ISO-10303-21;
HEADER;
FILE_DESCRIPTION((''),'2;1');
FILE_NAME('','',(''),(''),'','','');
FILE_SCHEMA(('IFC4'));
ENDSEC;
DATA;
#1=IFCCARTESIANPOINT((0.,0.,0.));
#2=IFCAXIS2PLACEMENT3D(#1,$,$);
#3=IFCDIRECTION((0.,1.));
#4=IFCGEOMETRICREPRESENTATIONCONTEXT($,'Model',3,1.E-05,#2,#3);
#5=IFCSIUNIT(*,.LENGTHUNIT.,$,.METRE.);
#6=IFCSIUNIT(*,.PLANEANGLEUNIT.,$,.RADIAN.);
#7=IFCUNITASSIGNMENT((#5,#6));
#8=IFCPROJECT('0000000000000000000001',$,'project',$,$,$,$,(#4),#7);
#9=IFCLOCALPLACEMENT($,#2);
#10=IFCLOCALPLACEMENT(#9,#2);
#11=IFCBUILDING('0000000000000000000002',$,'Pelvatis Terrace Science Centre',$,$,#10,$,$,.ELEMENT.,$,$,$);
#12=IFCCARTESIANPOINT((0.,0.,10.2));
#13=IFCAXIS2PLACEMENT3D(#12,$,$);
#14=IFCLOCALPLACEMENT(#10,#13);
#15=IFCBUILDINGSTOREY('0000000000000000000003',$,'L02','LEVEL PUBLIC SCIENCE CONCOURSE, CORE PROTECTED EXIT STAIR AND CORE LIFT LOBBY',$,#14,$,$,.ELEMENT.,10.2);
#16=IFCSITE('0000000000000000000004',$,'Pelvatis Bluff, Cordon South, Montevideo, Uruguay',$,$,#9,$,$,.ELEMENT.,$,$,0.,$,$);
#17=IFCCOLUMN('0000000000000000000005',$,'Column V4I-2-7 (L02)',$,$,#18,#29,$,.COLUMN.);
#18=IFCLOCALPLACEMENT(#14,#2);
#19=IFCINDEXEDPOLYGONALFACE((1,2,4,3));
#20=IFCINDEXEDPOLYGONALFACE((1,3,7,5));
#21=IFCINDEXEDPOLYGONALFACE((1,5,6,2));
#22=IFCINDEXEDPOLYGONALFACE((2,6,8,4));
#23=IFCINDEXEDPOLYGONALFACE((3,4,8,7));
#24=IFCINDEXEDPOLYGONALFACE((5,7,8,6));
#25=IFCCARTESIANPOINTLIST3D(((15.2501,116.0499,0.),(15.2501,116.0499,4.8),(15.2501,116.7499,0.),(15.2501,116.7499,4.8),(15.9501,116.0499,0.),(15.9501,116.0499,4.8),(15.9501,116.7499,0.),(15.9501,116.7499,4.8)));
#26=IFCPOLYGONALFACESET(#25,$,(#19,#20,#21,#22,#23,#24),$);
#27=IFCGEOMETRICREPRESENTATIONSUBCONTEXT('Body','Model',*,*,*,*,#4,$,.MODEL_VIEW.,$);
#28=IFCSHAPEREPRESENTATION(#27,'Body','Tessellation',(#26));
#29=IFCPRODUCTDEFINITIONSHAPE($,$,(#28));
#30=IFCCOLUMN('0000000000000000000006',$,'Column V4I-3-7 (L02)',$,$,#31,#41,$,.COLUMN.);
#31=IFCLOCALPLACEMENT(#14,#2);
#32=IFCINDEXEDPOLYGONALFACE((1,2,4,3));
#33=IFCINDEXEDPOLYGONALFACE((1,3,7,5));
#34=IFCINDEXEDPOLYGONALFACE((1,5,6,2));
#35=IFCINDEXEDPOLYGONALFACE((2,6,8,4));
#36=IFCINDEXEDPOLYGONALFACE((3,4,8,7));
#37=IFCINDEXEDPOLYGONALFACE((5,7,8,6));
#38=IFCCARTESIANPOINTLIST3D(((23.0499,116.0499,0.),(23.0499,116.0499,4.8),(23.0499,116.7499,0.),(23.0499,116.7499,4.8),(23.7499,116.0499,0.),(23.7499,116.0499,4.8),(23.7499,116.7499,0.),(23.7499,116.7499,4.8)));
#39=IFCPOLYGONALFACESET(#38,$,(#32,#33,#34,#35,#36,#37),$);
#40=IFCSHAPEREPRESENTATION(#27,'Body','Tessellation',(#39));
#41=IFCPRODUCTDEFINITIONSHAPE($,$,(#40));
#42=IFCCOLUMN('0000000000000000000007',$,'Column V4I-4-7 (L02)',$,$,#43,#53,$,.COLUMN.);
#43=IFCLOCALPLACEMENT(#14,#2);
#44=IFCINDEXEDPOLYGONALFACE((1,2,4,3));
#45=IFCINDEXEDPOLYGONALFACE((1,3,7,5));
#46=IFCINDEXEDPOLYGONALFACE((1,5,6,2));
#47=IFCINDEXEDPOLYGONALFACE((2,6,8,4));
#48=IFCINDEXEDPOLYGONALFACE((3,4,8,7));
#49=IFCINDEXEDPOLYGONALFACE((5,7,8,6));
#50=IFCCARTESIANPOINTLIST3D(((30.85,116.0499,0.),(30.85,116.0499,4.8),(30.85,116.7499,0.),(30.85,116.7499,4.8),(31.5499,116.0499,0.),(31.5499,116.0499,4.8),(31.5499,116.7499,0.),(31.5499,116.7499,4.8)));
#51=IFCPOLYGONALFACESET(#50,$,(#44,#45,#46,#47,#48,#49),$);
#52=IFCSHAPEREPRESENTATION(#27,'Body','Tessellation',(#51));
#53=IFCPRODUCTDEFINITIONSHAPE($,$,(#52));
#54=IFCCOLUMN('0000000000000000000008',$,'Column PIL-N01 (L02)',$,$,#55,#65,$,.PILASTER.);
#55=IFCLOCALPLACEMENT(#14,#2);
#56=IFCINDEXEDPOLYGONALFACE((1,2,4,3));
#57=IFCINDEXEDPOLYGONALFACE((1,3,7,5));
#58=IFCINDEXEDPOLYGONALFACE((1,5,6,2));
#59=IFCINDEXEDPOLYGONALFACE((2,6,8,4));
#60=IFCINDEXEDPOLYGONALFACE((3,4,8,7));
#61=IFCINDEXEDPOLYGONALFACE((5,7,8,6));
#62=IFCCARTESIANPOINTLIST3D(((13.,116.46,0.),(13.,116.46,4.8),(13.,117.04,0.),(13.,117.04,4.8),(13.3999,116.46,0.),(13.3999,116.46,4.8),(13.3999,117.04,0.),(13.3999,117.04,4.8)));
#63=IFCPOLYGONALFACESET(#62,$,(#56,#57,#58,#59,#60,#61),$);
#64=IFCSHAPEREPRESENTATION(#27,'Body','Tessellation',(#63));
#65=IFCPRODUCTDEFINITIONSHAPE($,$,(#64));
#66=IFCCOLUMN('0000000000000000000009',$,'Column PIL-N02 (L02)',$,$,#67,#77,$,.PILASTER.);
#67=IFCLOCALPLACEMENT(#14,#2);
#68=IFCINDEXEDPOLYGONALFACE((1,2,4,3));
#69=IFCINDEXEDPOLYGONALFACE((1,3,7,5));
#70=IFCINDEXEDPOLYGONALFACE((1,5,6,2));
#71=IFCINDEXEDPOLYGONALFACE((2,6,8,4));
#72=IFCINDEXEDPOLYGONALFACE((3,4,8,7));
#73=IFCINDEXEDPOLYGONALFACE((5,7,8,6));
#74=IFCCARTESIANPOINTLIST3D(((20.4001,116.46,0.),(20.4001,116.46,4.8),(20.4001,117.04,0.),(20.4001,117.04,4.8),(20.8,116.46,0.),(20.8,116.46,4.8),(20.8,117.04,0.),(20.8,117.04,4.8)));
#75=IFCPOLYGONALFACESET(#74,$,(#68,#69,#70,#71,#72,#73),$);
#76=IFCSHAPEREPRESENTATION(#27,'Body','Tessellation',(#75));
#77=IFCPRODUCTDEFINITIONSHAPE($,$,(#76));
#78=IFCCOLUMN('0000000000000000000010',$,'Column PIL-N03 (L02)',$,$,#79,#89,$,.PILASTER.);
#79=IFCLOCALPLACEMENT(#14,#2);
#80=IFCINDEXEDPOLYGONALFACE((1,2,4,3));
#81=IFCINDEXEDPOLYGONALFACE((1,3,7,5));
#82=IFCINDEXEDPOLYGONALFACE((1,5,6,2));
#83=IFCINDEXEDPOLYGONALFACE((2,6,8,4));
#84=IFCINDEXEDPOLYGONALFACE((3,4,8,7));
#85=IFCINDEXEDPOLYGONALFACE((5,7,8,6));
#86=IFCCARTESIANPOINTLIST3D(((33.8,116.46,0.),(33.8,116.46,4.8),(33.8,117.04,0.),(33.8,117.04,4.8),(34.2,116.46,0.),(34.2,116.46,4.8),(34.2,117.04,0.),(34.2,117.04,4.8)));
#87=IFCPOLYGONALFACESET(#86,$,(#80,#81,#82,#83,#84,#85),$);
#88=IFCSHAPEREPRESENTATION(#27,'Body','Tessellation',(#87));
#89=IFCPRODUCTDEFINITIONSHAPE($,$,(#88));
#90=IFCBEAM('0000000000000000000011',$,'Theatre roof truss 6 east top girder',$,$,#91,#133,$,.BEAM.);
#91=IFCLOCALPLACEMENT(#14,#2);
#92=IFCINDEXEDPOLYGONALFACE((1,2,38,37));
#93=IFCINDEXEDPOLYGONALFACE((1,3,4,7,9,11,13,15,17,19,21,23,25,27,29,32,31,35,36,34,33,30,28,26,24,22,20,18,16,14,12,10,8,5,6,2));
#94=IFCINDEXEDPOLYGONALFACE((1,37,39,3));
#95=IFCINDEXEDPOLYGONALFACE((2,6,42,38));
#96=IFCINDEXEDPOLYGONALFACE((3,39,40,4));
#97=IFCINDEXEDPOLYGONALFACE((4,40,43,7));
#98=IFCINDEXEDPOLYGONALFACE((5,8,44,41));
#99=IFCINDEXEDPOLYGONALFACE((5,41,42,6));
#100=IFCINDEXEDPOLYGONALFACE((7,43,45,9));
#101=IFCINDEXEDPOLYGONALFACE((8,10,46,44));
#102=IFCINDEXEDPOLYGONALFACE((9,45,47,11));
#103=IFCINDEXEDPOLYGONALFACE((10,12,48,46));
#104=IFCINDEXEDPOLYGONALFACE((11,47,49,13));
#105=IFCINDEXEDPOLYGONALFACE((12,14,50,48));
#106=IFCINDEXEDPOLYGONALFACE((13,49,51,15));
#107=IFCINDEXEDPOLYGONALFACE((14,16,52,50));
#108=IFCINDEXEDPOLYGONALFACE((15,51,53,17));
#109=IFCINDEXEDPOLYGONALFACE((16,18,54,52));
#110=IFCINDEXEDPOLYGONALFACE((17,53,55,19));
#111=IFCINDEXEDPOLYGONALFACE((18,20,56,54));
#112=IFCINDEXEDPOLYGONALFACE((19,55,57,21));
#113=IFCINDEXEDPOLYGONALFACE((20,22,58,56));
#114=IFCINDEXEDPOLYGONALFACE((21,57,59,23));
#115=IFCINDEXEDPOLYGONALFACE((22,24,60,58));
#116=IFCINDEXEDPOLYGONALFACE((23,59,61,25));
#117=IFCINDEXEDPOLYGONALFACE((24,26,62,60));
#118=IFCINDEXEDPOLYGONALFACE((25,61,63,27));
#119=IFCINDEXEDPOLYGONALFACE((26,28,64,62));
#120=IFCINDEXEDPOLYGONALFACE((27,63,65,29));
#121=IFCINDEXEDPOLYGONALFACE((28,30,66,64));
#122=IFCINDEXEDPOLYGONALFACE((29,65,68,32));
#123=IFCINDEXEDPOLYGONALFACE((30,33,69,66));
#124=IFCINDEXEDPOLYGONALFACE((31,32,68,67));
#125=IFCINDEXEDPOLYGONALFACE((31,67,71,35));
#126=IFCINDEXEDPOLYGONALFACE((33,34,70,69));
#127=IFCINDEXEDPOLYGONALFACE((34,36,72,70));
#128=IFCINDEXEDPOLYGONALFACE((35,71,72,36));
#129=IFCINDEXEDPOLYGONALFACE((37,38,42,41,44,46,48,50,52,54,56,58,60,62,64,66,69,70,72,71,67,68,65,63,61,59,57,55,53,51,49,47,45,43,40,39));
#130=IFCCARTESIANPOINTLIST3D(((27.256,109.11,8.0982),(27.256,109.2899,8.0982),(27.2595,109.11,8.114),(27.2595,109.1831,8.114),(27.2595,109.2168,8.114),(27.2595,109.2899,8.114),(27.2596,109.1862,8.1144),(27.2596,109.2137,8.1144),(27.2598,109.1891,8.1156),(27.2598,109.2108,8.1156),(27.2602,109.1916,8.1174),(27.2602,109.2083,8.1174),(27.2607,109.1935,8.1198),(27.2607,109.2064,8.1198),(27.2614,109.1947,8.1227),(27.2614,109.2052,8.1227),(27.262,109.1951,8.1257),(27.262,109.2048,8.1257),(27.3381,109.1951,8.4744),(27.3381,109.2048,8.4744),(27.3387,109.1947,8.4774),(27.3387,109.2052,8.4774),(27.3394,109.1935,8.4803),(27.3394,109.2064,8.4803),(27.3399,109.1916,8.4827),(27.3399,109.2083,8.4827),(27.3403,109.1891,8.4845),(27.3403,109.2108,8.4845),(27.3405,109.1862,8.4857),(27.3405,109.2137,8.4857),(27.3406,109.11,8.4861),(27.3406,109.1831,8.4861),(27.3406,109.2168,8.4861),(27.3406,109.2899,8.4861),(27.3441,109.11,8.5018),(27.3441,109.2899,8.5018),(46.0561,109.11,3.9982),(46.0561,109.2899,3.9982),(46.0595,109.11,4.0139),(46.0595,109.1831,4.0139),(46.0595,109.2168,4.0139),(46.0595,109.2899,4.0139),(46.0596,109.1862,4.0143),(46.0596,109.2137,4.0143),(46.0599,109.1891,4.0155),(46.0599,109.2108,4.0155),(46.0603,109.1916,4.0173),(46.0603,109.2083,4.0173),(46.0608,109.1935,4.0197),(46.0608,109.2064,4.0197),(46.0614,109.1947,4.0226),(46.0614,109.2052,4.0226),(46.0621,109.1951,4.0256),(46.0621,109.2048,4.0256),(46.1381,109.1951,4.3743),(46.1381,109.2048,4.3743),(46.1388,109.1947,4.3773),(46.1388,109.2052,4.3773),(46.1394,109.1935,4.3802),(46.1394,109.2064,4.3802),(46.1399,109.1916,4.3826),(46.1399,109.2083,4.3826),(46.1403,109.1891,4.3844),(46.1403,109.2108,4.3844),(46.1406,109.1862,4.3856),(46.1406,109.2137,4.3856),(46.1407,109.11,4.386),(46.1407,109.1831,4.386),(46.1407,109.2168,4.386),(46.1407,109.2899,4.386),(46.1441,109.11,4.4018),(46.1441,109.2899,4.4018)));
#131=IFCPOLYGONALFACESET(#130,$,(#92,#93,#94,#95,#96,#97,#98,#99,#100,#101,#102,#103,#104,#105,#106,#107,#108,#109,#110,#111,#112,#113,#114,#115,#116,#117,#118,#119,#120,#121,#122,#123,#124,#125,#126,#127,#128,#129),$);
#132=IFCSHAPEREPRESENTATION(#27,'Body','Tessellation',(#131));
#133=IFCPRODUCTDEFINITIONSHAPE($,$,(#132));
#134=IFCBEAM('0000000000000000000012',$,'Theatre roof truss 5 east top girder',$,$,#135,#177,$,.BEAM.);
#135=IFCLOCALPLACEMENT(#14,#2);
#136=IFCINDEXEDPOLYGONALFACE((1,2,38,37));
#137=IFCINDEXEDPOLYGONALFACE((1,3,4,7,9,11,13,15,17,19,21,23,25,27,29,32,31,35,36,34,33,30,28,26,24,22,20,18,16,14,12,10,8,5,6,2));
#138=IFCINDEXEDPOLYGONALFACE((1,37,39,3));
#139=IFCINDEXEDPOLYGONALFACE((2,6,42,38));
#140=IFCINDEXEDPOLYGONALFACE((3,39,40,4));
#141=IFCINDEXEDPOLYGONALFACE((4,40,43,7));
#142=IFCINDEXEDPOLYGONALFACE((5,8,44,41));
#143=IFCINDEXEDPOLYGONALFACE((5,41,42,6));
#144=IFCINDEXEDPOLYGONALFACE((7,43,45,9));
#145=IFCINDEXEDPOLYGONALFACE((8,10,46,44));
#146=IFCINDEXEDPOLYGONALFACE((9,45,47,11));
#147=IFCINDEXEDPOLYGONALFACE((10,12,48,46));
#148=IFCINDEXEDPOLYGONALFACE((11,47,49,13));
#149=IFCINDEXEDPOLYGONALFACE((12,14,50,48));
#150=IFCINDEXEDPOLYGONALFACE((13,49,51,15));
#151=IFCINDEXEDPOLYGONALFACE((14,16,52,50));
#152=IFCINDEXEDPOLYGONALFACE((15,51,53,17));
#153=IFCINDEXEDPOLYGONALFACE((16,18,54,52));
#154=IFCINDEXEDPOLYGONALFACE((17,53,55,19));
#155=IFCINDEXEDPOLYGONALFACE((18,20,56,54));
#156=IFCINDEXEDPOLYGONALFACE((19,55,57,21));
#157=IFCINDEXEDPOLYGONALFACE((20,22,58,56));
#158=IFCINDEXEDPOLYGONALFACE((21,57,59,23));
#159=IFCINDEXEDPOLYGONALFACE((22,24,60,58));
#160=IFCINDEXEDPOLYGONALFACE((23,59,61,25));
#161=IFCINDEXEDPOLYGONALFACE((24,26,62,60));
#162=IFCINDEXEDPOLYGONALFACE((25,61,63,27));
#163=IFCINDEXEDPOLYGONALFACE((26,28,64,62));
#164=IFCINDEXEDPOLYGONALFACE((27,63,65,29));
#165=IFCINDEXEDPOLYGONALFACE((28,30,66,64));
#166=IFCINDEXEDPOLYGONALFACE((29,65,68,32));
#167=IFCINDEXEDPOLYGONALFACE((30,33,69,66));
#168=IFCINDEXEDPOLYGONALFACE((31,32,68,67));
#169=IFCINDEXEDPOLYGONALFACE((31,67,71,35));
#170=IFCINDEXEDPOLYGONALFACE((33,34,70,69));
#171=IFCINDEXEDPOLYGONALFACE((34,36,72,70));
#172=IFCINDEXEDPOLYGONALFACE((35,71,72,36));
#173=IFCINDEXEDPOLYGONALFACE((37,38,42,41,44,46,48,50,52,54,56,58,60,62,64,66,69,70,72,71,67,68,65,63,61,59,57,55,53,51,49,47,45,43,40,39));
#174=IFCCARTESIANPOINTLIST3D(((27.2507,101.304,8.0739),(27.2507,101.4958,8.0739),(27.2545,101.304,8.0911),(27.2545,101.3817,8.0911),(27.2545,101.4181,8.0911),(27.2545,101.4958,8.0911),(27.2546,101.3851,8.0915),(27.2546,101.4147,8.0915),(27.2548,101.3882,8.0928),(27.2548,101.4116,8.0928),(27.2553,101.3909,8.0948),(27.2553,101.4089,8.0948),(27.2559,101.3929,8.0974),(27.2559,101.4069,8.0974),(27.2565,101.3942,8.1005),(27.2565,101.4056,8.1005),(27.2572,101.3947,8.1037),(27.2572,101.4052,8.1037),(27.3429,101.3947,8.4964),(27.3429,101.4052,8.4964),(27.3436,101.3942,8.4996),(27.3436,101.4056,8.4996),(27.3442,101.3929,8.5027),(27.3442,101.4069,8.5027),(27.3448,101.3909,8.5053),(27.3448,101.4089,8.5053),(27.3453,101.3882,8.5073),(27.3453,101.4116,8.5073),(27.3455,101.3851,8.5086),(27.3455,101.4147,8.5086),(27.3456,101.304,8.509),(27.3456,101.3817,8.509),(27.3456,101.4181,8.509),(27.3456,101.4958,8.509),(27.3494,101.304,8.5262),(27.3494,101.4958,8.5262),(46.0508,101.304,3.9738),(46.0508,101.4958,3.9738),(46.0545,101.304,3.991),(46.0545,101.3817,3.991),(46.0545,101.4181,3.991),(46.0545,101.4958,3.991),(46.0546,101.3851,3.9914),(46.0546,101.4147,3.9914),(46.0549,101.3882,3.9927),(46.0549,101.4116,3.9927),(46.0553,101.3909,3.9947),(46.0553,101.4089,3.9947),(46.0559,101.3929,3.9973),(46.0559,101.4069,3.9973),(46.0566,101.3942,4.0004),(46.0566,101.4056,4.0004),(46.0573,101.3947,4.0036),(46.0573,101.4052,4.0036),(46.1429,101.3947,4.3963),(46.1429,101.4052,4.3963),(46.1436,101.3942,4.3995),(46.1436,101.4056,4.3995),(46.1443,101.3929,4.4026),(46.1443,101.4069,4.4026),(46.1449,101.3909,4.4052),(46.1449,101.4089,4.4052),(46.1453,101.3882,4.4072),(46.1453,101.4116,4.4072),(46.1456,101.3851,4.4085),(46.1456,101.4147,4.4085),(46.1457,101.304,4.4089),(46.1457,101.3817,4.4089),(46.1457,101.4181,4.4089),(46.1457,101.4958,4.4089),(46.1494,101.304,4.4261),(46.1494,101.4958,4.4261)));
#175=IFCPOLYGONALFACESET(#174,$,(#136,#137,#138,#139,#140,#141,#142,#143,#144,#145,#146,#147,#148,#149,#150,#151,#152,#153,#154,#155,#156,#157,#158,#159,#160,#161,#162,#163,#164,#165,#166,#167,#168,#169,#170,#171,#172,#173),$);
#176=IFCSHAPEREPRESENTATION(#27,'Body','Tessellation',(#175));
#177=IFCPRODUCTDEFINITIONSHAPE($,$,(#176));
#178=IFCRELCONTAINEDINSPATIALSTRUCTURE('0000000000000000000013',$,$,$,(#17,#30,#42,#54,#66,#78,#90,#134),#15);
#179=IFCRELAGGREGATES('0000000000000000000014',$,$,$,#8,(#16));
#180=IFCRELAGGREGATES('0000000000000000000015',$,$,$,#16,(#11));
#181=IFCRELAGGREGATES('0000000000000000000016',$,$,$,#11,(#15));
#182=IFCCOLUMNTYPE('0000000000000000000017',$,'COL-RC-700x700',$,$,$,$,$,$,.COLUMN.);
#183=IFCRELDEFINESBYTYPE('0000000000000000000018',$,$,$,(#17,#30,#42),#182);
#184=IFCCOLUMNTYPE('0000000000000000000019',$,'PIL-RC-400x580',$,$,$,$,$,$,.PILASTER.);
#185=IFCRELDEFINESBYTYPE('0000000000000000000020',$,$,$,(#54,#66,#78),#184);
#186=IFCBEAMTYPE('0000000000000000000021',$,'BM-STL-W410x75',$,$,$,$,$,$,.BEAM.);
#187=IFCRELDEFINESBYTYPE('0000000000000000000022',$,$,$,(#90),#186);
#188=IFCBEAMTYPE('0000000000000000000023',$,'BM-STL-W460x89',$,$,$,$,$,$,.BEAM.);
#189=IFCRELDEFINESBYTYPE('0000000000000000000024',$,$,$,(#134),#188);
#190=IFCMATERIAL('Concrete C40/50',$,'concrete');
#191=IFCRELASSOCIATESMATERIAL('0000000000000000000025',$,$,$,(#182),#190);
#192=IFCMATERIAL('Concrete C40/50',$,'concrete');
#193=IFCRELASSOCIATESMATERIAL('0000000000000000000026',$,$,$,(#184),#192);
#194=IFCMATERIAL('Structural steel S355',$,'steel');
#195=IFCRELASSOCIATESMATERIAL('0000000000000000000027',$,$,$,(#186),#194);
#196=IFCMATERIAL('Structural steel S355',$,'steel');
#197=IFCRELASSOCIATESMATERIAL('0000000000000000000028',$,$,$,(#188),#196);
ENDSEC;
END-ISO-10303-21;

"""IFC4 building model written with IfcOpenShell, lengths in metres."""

from ifc_helpers import new_model, si_unit, direction, frame, origin, origin_2d, place, context, subcontext, project, spatial, rectangle, i_section, extrude, material, material_profile, profile_set, type_object, element, save


model = new_model("IFC4")

# Units and contexts
model_context = context("Model", 3, precision=1e-05, world=origin(), true_north=direction((0.0, 1.0)))
body_context = subcontext(model_context, "Body", "Model", "MODEL_VIEW")
ifc_project = project(units=[si_unit("LENGTHUNIT", "METRE"), si_unit("PLANEANGLEUNIT", "RADIAN")], contexts=[model_context])

# Site, building, storey
site_placement = place(None, origin())
site = spatial("IfcSite", under=ifc_project, at=site_placement, Name="Pelvatis Bluff, Cordon South, Montevideo, Uruguay", CompositionType="ELEMENT", RefElevation=0.0)
building_placement = place(site_placement, origin())
building = spatial("IfcBuilding", under=site, at=building_placement, Name="Pelvatis Terrace Science Centre", CompositionType="ELEMENT")
storey_placement = place(building_placement, frame((0.0, 0.0, 10.2)))
storey = spatial("IfcBuildingStorey", under=building, at=storey_placement, Name="L02", Description="LEVEL PUBLIC SCIENCE CONCOURSE, CORE PROTECTED EXIT STAIR AND CORE LIFT LOBBY", CompositionType="ELEMENT", Elevation=10.2)

# Columns
ifc_material_1 = material(Name="Concrete C40/50", Category="concrete")
ifc_material_profile_1 = material_profile(ifc_material_1, rectangle(XDim=0.7, YDim=0.7, at=origin_2d()), Name="RC-COL 700x700")
ifc_profile_set_1 = profile_set([ifc_material_profile_1], Name="Concrete C40/50")
column_type_1 = type_object("IfcColumnType", Name="COL-RC-700x700", PredefinedType="COLUMN", material=ifc_profile_set_1)
for number, where, z_axis, x_axis, name in (
    (1, (15.6001, 116.3999, 0.0), (0.0, 0.0, 1.0), (1.0, 0.0, 0.0), "Column V4I-2-7 (L02)"),
    (2, (23.3999, 116.3999, 0.0), (0.0, 0.0, 1.0), (1.0, 0.0, 0.0), "Column V4I-3-7 (L02)"),
    (3, (31.2, 116.3999, 0.0), (0.0, 0.0, 1.0), (1.0, 0.0, 0.0), "Column V4I-4-7 (L02)"),
):
    element("IfcColumn", number, at=place(storey_placement, frame(where, z_axis=z_axis, x_axis=x_axis)), inside=storey, type_object=column_type_1, Name=name, PredefinedType="COLUMN", context=body_context, shape_type="SweptSolid", body=[
        extrude(rectangle(XDim=0.7, YDim=0.7, at=origin_2d()), origin(), (0.0, 0.0, 1.0), 4.8),
    ])
ifc_material_2 = material(Name="Concrete C40/50", Category="concrete")
ifc_material_profile_2 = material_profile(ifc_material_2, rectangle(XDim=0.3999, YDim=0.5801, at=origin_2d()), Name="RC-PIL 400x580")
ifc_profile_set_2 = profile_set([ifc_material_profile_2], Name="Concrete C40/50")
column_type_2 = type_object("IfcColumnType", Name="PIL-RC-400x580", PredefinedType="PILASTER", material=ifc_profile_set_2)
for number, where, z_axis, x_axis, name in (
    (4, (13.2, 116.75, 0.0), (0.0, 0.0, 1.0), (1.0, 0.0, 0.0), "Column PIL-N01 (L02)"),
    (5, (20.6001, 116.75, 0.0), (0.0, 0.0, 1.0), (1.0, 0.0, 0.0), "Column PIL-N02 (L02)"),
    (6, (34.0, 116.75, 0.0), (0.0, 0.0, 1.0), (1.0, 0.0, 0.0), "Column PIL-N03 (L02)"),
):
    element("IfcColumn", number, at=place(storey_placement, frame(where, z_axis=z_axis, x_axis=x_axis)), inside=storey, type_object=column_type_2, Name=name, PredefinedType="PILASTER", context=body_context, shape_type="SweptSolid", body=[
        extrude(rectangle(XDim=0.3999, YDim=0.5801, at=origin_2d()), origin(), (0.0, 0.0, 1.0), 4.8),
    ])

# Beams
ifc_material_3 = material(Name="Structural steel S355", Category="steel")
ifc_material_profile_3 = material_profile(ifc_material_3, i_section(OverallWidth=0.1799, OverallDepth=0.4131, WebThickness=0.0098, FlangeThickness=0.0161, FilletRadius=0.012, at=origin_2d()), Name="W410x75")
ifc_profile_set_3 = profile_set([ifc_material_profile_3], Name="Structural steel S355")
beam_type_1 = type_object("IfcBeamType", Name="BM-STL-W410x75", PredefinedType="BEAM", material=ifc_profile_set_3)
beam_1_placement = place(storey_placement, frame((27.3, 109.2, 8.3), z_axis=(0.977034, 0.0, -0.213081), x_axis=(0.0, 1.0, 0.0)))
element("IfcBeam", 7, at=beam_1_placement, inside=storey, type_object=beam_type_1, Name="Theatre roof truss 6 east top girder", PredefinedType="BEAM", context=body_context, shape_type="SweptSolid", body=[
    extrude(i_section(OverallWidth=0.1799, OverallDepth=0.4131, WebThickness=0.0098, FlangeThickness=0.0161, FilletRadius=0.012, at=origin_2d()), origin(), (0.0, 0.0, 1.0), 19.2419),
])
ifc_material_4 = material(Name="Structural steel S355", Category="steel")
ifc_material_profile_4 = material_profile(ifc_material_4, i_section(OverallWidth=0.1919, OverallDepth=0.4629, WebThickness=0.0105, FlangeThickness=0.0176, FilletRadius=0.0129, at=origin_2d()), Name="W460x89")
ifc_profile_set_4 = profile_set([ifc_material_profile_4], Name="Structural steel S355")
beam_type_2 = type_object("IfcBeamType", Name="BM-STL-W460x89", PredefinedType="BEAM", material=ifc_profile_set_4)
beam_2_placement = place(storey_placement, frame((27.3, 101.3999, 8.3), z_axis=(0.977034, 0.0, -0.213081), x_axis=(0.0, 1.0, 0.0)))
element("IfcBeam", 8, at=beam_2_placement, inside=storey, type_object=beam_type_2, Name="Theatre roof truss 5 east top girder", PredefinedType="BEAM", context=body_context, shape_type="SweptSolid", body=[
    extrude(i_section(OverallWidth=0.1919, OverallDepth=0.4629, WebThickness=0.0105, FlangeThickness=0.0176, FilletRadius=0.0129, at=origin_2d()), origin(), (0.0, 0.0, 1.0), 19.2419),
])

save(model, "model.ifc")
